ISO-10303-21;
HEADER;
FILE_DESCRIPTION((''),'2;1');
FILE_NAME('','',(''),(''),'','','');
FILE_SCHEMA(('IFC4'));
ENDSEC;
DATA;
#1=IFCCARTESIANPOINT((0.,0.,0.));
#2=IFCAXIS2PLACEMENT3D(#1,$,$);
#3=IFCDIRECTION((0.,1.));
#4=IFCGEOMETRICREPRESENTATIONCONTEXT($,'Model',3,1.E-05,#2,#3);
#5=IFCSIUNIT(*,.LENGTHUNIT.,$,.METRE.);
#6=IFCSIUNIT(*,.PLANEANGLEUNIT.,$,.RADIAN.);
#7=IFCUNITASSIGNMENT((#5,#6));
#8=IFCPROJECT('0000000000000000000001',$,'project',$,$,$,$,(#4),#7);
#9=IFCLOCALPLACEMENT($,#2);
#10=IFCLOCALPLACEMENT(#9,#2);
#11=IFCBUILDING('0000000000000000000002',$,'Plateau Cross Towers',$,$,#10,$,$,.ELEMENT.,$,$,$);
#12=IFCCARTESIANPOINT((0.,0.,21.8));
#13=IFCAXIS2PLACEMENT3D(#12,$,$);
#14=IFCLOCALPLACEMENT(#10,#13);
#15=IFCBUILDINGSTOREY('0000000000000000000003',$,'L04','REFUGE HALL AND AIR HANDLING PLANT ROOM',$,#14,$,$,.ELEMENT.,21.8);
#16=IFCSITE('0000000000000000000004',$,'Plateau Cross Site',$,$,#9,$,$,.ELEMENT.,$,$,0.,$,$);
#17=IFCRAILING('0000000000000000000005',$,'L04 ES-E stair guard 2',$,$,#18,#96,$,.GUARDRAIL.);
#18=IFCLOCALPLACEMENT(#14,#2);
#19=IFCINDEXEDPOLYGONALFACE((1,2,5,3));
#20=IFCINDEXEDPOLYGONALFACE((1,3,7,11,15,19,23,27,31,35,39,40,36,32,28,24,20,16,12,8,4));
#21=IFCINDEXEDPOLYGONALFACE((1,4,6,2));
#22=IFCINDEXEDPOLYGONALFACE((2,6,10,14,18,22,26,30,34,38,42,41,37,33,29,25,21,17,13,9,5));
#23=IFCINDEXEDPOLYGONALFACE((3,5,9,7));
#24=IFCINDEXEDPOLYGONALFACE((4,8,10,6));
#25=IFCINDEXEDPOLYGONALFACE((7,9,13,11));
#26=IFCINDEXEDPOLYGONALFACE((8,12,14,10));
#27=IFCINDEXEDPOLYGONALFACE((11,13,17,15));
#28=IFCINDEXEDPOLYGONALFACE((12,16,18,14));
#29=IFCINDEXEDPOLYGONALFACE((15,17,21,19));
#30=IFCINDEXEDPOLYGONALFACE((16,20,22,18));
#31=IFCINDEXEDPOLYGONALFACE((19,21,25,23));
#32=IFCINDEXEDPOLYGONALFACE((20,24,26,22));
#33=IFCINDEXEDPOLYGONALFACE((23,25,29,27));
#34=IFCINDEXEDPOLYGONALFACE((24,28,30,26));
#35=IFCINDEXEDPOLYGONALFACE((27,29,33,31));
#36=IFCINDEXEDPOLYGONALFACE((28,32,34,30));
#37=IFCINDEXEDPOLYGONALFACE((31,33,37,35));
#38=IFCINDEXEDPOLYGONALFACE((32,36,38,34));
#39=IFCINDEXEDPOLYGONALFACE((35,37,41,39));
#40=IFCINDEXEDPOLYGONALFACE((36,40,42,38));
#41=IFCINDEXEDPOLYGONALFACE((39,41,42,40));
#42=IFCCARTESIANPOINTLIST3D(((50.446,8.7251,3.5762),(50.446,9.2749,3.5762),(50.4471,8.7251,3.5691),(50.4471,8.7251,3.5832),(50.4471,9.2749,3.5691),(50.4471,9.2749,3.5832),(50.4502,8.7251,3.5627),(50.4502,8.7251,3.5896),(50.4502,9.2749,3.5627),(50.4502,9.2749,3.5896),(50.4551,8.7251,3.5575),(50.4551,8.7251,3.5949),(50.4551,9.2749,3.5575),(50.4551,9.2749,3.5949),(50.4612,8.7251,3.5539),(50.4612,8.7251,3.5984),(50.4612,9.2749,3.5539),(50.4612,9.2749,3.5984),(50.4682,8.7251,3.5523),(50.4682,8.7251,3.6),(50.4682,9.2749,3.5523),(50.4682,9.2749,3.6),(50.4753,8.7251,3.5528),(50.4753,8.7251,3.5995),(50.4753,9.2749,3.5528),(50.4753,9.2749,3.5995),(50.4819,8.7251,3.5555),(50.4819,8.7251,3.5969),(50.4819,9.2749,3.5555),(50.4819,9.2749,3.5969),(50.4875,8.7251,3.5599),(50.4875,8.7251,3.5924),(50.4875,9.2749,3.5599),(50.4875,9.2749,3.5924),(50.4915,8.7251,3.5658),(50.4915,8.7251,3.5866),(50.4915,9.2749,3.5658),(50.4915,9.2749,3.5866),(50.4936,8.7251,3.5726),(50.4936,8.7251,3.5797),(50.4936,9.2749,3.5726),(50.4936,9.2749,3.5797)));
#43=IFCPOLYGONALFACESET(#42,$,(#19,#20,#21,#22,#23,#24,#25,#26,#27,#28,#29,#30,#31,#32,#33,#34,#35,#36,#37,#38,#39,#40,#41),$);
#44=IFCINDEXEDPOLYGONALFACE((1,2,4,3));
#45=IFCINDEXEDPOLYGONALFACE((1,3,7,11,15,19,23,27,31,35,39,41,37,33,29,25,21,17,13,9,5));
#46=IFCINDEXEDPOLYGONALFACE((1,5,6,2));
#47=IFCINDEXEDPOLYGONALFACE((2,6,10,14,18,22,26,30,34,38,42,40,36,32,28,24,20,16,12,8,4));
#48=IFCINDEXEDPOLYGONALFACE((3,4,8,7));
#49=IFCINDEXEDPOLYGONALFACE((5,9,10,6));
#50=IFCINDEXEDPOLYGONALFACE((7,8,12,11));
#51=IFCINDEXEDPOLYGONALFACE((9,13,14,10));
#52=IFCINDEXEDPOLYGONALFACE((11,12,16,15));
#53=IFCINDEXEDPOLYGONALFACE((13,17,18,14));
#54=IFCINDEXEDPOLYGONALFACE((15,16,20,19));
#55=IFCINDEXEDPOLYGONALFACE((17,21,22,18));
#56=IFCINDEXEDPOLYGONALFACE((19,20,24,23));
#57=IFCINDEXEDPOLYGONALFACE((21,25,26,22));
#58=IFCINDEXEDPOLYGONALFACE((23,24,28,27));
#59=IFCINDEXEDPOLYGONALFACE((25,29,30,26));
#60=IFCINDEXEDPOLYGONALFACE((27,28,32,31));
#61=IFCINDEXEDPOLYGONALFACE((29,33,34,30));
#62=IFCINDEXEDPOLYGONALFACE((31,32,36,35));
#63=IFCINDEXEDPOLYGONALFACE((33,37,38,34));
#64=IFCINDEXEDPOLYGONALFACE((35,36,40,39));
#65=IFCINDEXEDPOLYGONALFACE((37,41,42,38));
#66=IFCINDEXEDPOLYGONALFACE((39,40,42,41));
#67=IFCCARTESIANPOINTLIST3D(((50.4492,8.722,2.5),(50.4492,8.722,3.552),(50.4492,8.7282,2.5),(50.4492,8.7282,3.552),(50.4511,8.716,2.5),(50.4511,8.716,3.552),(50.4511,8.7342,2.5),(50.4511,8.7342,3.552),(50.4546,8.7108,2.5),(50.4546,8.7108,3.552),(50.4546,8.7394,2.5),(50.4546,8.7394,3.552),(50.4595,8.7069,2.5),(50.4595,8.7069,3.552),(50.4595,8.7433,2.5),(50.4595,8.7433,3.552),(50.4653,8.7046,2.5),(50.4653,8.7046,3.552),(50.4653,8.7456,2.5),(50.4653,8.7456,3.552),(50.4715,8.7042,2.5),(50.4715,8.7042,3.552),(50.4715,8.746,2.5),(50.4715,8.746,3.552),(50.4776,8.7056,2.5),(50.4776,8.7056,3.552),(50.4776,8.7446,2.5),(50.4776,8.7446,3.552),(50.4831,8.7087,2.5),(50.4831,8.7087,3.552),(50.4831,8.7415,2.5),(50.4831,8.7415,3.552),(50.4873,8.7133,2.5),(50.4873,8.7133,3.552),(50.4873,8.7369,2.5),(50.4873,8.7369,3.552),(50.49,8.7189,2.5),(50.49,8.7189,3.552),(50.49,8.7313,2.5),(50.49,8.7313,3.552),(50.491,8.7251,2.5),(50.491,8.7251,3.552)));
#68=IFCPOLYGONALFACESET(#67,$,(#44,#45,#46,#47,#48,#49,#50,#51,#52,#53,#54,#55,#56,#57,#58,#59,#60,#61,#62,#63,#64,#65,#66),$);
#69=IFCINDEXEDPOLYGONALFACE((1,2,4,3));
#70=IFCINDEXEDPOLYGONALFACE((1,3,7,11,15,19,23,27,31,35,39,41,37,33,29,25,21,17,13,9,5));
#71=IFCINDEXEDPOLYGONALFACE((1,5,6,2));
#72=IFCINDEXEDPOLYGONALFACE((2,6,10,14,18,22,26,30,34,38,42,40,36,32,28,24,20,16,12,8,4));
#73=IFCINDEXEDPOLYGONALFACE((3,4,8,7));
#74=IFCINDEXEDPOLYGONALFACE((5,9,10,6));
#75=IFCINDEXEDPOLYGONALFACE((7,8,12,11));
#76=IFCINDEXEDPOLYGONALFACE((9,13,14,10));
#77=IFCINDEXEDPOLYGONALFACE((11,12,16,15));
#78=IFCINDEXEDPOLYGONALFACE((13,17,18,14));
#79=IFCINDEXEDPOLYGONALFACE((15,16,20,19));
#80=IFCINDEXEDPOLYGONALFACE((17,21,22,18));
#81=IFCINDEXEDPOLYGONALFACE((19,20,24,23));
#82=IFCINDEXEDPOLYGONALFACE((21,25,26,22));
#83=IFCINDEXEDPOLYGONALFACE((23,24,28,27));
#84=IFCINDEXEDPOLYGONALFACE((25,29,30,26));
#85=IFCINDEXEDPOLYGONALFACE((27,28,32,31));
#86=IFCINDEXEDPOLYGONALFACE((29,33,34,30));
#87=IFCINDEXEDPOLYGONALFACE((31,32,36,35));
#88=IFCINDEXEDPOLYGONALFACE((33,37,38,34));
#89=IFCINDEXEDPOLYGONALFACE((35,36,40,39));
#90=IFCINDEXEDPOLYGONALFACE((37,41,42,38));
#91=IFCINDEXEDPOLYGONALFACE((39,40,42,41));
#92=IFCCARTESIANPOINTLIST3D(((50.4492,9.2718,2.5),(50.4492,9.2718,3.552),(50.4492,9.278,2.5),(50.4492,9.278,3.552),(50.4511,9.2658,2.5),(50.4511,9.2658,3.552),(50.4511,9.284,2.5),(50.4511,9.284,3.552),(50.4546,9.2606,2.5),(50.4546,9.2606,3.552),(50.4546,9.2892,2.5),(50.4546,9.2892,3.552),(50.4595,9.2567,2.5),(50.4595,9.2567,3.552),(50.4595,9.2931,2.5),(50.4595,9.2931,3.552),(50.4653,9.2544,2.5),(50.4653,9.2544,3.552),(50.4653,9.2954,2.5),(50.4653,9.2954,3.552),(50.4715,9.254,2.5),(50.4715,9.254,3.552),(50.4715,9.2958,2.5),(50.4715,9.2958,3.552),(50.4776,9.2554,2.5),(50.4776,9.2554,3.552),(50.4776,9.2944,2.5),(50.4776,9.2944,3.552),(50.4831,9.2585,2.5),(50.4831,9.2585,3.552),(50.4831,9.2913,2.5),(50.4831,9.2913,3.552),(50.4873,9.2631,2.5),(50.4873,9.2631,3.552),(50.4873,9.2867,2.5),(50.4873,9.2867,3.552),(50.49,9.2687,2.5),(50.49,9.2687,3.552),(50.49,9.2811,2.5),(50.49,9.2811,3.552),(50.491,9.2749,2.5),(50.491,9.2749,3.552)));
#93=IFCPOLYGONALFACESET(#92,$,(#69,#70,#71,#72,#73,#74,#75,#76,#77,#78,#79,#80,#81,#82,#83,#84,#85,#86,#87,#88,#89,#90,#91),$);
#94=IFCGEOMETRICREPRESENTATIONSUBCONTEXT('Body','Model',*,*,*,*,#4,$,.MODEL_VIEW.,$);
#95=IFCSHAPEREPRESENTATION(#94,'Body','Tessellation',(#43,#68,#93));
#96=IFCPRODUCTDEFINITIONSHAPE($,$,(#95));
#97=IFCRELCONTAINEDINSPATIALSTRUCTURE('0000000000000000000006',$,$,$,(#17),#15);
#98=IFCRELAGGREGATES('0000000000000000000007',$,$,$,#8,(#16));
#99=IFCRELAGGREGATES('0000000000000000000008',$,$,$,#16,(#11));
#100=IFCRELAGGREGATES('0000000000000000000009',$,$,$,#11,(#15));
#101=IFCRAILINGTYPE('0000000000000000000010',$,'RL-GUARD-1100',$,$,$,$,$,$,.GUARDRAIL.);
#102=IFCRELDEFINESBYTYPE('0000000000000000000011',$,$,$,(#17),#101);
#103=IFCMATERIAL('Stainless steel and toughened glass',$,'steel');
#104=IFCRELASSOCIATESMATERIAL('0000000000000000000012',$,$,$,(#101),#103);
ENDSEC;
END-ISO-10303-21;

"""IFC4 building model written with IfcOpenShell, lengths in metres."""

from ifc_helpers import new_model, si_unit, direction, frame, origin, origin_2d, place, context, subcontext, project, spatial, circle, extrude, material, type_object, element, save


model = new_model("IFC4")

# Units and contexts
model_context = context("Model", 3, precision=1e-05, world=origin(), true_north=direction((0.0, 1.0)))
body_context = subcontext(model_context, "Body", "Model", "MODEL_VIEW")
ifc_project = project(units=[si_unit("LENGTHUNIT", "METRE"), si_unit("PLANEANGLEUNIT", "RADIAN")], contexts=[model_context])

# Site, building, storey
site_placement = place(None, origin())
site = spatial("IfcSite", under=ifc_project, at=site_placement, Name="Plateau Cross Site", CompositionType="ELEMENT", RefElevation=0.0)
building_placement = place(site_placement, origin())
building = spatial("IfcBuilding", under=site, at=building_placement, Name="Plateau Cross Towers", CompositionType="ELEMENT")
storey_placement = place(building_placement, frame((0.0, 0.0, 21.8)))
storey = spatial("IfcBuildingStorey", under=building, at=storey_placement, Name="L04", Description="REFUGE HALL AND AIR HANDLING PLANT ROOM", CompositionType="ELEMENT", Elevation=21.8)

# Railing
ifc_material_1 = material(Name="Stainless steel and toughened glass", Category="steel")
railing_type_1 = type_object("IfcRailingType", Name="RL-GUARD-1100", PredefinedType="GUARDRAIL", material=ifc_material_1)
railing_1_placement = place(storey_placement, frame((50.47, 8.7251, 2.5)))
element("IfcRailing", 1, at=railing_1_placement, inside=storey, type_object=railing_type_1, Name="L04 ES-E stair guard 2", PredefinedType="GUARDRAIL", context=body_context, shape_type="SweptSolid", body=[
    extrude(circle(Radius=0.0239, at=origin_2d()), frame((0.0, 0.0, 1.0762), z_axis=(0.0, 1.0, 0.0), x_axis=(-1.0, 0.0, 0.0)), (0.0, 0.0, 1.0), 0.5498),
    extrude(circle(Radius=0.021, at=origin_2d()), origin(), (0.0, 0.0, 1.0), 1.052),
    extrude(circle(Radius=0.021, at=origin_2d()), frame((0.0, 0.5498, 0.0)), (0.0, 0.0, 1.0), 1.052),
])

save(model, "model.ifc")
